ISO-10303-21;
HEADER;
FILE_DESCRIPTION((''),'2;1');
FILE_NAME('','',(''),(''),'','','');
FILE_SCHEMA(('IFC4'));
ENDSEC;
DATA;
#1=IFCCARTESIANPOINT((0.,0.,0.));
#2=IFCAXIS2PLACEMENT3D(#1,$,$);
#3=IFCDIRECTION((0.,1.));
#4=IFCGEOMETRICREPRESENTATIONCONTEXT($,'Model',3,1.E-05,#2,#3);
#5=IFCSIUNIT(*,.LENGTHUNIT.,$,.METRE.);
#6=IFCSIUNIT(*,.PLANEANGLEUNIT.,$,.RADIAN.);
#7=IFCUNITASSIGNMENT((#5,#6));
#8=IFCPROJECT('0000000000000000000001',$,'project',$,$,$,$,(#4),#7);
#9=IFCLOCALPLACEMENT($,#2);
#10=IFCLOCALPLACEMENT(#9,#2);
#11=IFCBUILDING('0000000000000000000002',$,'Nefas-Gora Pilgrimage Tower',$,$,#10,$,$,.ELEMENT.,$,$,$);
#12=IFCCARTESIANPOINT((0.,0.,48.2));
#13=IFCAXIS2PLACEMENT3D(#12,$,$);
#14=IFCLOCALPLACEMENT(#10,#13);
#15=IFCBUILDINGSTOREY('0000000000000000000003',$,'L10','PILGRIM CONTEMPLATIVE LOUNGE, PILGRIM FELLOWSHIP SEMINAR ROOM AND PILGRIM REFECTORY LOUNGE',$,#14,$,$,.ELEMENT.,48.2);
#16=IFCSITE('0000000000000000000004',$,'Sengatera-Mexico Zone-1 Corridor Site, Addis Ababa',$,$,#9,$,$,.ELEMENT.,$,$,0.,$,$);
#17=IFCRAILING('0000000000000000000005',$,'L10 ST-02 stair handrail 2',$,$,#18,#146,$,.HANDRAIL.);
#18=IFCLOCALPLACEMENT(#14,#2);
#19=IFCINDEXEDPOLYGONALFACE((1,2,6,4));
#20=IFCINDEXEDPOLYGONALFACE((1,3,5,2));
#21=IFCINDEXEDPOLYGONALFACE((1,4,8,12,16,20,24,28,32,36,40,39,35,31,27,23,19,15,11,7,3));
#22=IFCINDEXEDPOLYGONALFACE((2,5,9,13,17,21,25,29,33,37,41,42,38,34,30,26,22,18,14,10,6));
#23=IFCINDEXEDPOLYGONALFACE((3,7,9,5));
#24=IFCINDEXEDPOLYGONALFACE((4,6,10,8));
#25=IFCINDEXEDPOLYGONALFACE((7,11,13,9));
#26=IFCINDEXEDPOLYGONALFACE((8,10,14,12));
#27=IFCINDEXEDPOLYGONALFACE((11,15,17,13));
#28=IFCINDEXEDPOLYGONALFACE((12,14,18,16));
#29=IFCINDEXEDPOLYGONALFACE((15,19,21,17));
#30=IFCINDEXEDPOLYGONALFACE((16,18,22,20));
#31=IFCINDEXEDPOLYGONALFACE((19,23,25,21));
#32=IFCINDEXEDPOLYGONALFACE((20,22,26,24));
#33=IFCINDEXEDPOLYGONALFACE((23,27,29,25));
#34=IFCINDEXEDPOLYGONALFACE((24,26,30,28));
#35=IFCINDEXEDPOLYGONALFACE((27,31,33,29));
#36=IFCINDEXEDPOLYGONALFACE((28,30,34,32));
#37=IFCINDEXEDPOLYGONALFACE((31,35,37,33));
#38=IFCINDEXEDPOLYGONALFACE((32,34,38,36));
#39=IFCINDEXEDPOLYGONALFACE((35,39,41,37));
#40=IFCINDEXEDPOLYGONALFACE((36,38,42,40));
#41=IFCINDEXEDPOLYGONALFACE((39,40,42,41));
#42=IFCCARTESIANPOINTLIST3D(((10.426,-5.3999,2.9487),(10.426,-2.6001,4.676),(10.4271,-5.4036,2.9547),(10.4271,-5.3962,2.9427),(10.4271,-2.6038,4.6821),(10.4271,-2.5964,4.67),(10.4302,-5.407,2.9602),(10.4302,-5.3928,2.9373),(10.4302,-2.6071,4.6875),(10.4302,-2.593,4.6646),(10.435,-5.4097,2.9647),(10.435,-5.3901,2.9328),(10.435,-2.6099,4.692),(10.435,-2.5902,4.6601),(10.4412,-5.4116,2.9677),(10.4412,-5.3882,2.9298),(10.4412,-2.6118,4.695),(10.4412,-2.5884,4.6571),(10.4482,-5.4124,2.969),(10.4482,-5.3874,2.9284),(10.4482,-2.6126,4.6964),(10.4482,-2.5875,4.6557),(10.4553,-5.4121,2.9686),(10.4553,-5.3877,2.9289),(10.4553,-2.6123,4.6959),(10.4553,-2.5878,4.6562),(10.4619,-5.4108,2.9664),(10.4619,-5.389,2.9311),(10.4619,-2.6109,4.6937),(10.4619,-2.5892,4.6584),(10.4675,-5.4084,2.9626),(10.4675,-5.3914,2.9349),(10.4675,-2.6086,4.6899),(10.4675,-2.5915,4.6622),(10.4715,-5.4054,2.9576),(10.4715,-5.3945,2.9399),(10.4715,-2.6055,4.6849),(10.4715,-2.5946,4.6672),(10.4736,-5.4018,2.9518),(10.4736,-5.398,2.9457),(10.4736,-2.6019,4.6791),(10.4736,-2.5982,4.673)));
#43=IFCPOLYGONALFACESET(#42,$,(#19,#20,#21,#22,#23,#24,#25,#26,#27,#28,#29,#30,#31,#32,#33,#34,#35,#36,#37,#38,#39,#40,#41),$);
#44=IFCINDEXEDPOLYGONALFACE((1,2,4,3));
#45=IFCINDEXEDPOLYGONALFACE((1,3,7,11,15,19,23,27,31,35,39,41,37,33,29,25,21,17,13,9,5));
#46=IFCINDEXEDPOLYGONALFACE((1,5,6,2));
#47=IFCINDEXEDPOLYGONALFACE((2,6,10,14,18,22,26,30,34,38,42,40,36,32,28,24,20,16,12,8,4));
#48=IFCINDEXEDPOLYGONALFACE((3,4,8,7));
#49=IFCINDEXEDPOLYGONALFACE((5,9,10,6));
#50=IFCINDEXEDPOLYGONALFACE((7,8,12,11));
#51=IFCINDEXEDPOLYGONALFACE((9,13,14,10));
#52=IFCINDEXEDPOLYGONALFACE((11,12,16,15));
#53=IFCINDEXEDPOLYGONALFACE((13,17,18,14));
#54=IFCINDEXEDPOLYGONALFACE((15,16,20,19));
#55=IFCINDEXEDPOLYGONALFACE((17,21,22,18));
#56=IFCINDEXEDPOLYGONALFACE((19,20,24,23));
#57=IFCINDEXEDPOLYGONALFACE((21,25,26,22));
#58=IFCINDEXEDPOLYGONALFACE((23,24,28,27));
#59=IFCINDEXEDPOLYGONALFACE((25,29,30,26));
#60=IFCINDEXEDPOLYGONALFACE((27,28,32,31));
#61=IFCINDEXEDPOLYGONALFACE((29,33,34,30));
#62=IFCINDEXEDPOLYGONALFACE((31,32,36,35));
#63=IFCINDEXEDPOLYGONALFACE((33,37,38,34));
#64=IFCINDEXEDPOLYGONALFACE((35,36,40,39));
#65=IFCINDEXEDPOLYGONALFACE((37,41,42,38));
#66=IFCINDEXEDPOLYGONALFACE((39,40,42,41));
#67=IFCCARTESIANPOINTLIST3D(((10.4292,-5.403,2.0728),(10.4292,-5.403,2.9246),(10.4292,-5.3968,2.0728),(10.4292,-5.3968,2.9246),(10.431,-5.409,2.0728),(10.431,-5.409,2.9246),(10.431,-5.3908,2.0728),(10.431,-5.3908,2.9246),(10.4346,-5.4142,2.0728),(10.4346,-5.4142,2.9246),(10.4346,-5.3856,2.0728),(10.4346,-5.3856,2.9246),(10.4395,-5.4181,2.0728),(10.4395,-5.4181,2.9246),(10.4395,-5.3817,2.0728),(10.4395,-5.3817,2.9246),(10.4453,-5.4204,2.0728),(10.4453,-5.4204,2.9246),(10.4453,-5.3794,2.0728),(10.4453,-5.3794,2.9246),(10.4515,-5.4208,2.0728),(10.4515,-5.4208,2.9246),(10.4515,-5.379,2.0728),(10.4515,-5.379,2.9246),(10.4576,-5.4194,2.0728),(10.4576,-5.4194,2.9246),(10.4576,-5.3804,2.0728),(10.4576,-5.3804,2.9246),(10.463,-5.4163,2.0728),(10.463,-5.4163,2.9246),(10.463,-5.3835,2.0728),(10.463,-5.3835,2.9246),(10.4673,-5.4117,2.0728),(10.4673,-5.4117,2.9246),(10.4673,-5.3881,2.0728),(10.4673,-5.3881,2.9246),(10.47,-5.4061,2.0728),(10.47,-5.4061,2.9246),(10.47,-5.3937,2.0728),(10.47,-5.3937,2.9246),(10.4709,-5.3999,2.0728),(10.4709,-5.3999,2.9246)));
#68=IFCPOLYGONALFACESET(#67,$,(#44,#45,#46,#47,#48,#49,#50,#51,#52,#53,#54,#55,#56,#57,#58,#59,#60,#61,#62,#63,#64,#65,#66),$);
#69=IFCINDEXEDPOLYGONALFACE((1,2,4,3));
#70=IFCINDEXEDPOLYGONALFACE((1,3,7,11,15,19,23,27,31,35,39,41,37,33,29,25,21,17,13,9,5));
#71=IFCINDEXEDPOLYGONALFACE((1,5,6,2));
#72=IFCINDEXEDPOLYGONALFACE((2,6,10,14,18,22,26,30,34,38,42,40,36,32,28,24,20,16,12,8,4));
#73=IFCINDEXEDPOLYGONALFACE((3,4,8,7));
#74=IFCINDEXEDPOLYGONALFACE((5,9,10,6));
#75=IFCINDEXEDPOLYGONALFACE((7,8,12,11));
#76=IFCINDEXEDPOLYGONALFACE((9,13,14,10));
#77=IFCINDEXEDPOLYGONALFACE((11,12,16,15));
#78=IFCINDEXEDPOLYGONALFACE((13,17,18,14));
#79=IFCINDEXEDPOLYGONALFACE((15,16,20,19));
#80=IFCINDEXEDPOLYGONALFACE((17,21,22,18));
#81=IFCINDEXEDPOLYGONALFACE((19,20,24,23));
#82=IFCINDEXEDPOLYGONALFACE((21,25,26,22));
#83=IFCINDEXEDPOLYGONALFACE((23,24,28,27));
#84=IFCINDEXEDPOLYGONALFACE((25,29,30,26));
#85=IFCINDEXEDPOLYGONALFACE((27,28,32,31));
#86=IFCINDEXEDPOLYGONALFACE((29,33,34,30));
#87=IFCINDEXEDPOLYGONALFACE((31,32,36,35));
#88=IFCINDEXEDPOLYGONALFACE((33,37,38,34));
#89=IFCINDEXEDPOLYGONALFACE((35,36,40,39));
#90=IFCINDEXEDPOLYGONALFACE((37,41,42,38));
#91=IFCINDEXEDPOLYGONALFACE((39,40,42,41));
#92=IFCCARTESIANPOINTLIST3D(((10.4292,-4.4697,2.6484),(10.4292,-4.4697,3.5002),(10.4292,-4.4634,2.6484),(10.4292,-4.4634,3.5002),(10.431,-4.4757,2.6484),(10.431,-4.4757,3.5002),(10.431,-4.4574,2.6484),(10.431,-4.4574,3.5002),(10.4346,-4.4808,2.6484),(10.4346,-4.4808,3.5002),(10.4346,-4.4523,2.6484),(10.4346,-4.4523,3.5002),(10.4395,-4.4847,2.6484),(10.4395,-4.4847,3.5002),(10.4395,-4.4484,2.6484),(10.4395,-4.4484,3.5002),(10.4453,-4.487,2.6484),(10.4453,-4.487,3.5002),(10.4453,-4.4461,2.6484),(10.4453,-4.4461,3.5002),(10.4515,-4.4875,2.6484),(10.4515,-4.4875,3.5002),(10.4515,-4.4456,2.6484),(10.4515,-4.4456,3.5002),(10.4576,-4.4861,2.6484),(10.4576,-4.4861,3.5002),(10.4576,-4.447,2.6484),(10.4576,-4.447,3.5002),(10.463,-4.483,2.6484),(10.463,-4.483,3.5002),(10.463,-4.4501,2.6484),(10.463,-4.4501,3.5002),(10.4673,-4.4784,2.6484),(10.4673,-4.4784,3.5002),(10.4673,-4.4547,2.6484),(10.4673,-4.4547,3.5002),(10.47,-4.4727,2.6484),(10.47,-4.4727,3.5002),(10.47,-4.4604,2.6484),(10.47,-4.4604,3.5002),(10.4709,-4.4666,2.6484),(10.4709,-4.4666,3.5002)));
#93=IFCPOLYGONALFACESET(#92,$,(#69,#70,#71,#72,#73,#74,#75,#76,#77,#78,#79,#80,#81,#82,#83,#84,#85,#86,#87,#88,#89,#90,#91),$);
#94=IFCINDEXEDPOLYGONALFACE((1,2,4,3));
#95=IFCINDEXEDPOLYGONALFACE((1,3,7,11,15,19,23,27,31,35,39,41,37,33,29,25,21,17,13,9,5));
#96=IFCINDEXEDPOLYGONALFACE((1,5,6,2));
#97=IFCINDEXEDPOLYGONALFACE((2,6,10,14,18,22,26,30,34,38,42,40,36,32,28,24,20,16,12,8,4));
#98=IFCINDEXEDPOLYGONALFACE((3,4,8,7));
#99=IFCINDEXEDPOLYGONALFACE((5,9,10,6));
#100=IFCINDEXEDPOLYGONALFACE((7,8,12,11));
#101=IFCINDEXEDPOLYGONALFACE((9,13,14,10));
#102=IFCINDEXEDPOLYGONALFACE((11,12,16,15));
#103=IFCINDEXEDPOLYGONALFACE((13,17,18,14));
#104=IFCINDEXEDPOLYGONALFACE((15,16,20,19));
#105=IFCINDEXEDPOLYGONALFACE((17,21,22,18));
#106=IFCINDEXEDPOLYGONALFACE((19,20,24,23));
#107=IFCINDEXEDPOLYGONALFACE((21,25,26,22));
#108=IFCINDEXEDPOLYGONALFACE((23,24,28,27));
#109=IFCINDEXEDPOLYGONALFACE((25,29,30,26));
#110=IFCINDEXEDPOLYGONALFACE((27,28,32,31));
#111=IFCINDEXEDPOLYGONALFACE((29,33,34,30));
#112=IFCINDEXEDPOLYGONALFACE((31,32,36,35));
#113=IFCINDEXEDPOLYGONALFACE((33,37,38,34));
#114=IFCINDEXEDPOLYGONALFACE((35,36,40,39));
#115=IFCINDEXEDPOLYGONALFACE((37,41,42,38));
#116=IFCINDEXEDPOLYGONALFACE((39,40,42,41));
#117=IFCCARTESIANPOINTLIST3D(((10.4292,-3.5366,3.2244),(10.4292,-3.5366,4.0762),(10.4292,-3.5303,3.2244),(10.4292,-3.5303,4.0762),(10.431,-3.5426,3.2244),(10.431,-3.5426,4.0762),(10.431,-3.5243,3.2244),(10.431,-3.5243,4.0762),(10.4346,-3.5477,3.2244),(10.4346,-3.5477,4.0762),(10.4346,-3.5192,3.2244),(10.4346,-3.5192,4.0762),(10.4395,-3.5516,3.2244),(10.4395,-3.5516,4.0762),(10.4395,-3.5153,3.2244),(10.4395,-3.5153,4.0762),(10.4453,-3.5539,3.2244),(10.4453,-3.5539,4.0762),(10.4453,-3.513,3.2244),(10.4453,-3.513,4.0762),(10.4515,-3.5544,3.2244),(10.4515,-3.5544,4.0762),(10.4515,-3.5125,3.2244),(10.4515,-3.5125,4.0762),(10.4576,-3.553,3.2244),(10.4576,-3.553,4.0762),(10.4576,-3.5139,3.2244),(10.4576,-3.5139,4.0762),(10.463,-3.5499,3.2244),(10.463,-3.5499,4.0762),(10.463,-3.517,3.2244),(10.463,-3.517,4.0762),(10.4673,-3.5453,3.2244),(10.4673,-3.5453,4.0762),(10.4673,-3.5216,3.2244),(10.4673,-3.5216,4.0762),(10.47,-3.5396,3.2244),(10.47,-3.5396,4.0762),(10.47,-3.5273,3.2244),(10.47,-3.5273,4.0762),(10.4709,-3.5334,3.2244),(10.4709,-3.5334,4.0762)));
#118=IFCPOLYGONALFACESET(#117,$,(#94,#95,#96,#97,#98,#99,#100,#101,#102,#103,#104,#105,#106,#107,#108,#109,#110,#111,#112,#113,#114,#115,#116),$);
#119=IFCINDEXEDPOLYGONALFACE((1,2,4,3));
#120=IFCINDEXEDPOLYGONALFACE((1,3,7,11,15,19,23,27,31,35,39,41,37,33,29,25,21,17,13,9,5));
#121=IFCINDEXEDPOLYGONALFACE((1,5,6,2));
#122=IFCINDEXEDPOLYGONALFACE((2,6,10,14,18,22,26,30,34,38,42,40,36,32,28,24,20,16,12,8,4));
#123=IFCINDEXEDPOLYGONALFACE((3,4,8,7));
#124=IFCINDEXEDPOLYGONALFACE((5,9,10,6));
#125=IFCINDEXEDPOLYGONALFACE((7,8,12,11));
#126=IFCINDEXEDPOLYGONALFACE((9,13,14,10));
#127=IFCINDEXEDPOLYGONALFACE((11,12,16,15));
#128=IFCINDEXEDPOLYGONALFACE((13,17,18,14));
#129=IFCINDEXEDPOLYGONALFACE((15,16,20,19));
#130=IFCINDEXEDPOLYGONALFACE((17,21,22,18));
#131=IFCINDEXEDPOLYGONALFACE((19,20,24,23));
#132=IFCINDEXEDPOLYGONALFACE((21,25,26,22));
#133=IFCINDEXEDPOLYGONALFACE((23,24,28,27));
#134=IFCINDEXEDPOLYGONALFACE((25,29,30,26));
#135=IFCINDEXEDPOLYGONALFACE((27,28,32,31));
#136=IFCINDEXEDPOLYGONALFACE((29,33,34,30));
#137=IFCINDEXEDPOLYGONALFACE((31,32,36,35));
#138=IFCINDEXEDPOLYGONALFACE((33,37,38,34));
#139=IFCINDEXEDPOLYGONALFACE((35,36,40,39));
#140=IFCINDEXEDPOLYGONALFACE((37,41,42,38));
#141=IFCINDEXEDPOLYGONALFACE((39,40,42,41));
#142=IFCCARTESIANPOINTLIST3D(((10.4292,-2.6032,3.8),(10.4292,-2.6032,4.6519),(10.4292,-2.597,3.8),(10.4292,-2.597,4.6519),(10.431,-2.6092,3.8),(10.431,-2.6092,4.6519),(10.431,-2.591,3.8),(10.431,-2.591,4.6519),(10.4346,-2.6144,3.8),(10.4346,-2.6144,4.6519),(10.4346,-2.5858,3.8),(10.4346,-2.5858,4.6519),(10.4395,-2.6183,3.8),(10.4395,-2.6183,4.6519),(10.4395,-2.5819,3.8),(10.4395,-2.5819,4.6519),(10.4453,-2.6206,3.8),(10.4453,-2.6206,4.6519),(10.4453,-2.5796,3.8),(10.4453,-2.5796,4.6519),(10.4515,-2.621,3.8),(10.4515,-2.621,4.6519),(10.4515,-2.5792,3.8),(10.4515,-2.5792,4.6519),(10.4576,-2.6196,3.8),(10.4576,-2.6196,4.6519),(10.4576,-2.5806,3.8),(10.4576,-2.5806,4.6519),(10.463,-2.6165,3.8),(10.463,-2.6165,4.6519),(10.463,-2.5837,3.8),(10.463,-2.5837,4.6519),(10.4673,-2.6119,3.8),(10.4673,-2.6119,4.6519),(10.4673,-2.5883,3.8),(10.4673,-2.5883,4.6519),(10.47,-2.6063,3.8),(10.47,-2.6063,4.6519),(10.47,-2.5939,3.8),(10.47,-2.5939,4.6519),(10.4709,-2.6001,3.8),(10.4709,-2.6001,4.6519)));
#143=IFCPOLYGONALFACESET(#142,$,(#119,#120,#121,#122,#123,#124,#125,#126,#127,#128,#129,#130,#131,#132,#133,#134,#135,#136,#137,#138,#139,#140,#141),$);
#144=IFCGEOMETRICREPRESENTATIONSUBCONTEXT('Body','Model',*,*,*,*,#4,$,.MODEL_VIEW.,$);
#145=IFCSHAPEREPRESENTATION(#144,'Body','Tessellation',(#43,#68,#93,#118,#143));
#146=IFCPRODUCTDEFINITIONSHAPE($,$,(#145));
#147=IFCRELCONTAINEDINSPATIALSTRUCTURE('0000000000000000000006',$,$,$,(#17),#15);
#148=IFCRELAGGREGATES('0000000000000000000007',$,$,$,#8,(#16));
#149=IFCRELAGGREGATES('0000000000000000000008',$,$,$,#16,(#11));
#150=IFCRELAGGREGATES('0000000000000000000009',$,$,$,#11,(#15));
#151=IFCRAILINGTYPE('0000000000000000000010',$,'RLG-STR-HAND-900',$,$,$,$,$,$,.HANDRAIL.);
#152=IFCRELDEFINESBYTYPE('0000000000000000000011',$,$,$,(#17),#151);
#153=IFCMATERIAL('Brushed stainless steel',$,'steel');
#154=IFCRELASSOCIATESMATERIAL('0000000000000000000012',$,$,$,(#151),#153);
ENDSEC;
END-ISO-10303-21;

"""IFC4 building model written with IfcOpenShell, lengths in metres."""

from ifc_helpers import new_model, si_unit, direction, frame, origin, origin_2d, place, context, subcontext, project, spatial, circle, extrude, material, type_object, element, save


model = new_model("IFC4")

# Units and contexts
model_context = context("Model", 3, precision=1e-05, world=origin(), true_north=direction((0.0, 1.0)))
body_context = subcontext(model_context, "Body", "Model", "MODEL_VIEW")
ifc_project = project(units=[si_unit("LENGTHUNIT", "METRE"), si_unit("PLANEANGLEUNIT", "RADIAN")], contexts=[model_context])

# Site, building, storey
site_placement = place(None, origin())
site = spatial("IfcSite", under=ifc_project, at=site_placement, Name="Sengatera-Mexico Zone-1 Corridor Site, Addis Ababa", CompositionType="ELEMENT", RefElevation=0.0)
building_placement = place(site_placement, origin())
building = spatial("IfcBuilding", under=site, at=building_placement, Name="Nefas-Gora Pilgrimage Tower", CompositionType="ELEMENT")
storey_placement = place(building_placement, frame((0.0, 0.0, 48.2)))
storey = spatial("IfcBuildingStorey", under=building, at=storey_placement, Name="L10", Description="PILGRIM CONTEMPLATIVE LOUNGE, PILGRIM FELLOWSHIP SEMINAR ROOM AND PILGRIM REFECTORY LOUNGE", CompositionType="ELEMENT", Elevation=48.2)

# Railing
ifc_material_1 = material(Name="Brushed stainless steel", Category="steel")
railing_type_1 = type_object("IfcRailingType", Name="RLG-STR-HAND-900", PredefinedType="HANDRAIL", material=ifc_material_1)
railing_1_placement = place(storey_placement, frame((10.45, -5.3999, 2.0728)))
element("IfcRailing", 1, at=railing_1_placement, inside=storey, type_object=railing_type_1, Name="L10 ST-02 stair handrail 2", PredefinedType="HANDRAIL", context=body_context, shape_type="SweptSolid", body=[
    extrude(circle(Radius=0.0239, at=origin_2d()), frame((0.0, 0.0, 0.876), z_axis=(0.0, 0.851069, 0.525054), x_axis=(-1.0, 0.0, 0.0)), (0.0, 0.0, 1.0), 3.2898),
    extrude(circle(Radius=0.021, at=origin_2d()), origin(), (0.0, 0.0, 1.0), 0.8518),
    extrude(circle(Radius=0.021, at=origin_2d()), frame((0.0, 0.9333, 0.5757)), (0.0, 0.0, 1.0), 0.8518),
    extrude(circle(Radius=0.021, at=origin_2d()), frame((0.0, 1.8665, 1.1516)), (0.0, 0.0, 1.0), 0.8518),
    extrude(circle(Radius=0.021, at=origin_2d()), frame((0.0, 2.7998, 1.7273)), (0.0, 0.0, 1.0), 0.8518),
])

save(model, "model.ifc")
